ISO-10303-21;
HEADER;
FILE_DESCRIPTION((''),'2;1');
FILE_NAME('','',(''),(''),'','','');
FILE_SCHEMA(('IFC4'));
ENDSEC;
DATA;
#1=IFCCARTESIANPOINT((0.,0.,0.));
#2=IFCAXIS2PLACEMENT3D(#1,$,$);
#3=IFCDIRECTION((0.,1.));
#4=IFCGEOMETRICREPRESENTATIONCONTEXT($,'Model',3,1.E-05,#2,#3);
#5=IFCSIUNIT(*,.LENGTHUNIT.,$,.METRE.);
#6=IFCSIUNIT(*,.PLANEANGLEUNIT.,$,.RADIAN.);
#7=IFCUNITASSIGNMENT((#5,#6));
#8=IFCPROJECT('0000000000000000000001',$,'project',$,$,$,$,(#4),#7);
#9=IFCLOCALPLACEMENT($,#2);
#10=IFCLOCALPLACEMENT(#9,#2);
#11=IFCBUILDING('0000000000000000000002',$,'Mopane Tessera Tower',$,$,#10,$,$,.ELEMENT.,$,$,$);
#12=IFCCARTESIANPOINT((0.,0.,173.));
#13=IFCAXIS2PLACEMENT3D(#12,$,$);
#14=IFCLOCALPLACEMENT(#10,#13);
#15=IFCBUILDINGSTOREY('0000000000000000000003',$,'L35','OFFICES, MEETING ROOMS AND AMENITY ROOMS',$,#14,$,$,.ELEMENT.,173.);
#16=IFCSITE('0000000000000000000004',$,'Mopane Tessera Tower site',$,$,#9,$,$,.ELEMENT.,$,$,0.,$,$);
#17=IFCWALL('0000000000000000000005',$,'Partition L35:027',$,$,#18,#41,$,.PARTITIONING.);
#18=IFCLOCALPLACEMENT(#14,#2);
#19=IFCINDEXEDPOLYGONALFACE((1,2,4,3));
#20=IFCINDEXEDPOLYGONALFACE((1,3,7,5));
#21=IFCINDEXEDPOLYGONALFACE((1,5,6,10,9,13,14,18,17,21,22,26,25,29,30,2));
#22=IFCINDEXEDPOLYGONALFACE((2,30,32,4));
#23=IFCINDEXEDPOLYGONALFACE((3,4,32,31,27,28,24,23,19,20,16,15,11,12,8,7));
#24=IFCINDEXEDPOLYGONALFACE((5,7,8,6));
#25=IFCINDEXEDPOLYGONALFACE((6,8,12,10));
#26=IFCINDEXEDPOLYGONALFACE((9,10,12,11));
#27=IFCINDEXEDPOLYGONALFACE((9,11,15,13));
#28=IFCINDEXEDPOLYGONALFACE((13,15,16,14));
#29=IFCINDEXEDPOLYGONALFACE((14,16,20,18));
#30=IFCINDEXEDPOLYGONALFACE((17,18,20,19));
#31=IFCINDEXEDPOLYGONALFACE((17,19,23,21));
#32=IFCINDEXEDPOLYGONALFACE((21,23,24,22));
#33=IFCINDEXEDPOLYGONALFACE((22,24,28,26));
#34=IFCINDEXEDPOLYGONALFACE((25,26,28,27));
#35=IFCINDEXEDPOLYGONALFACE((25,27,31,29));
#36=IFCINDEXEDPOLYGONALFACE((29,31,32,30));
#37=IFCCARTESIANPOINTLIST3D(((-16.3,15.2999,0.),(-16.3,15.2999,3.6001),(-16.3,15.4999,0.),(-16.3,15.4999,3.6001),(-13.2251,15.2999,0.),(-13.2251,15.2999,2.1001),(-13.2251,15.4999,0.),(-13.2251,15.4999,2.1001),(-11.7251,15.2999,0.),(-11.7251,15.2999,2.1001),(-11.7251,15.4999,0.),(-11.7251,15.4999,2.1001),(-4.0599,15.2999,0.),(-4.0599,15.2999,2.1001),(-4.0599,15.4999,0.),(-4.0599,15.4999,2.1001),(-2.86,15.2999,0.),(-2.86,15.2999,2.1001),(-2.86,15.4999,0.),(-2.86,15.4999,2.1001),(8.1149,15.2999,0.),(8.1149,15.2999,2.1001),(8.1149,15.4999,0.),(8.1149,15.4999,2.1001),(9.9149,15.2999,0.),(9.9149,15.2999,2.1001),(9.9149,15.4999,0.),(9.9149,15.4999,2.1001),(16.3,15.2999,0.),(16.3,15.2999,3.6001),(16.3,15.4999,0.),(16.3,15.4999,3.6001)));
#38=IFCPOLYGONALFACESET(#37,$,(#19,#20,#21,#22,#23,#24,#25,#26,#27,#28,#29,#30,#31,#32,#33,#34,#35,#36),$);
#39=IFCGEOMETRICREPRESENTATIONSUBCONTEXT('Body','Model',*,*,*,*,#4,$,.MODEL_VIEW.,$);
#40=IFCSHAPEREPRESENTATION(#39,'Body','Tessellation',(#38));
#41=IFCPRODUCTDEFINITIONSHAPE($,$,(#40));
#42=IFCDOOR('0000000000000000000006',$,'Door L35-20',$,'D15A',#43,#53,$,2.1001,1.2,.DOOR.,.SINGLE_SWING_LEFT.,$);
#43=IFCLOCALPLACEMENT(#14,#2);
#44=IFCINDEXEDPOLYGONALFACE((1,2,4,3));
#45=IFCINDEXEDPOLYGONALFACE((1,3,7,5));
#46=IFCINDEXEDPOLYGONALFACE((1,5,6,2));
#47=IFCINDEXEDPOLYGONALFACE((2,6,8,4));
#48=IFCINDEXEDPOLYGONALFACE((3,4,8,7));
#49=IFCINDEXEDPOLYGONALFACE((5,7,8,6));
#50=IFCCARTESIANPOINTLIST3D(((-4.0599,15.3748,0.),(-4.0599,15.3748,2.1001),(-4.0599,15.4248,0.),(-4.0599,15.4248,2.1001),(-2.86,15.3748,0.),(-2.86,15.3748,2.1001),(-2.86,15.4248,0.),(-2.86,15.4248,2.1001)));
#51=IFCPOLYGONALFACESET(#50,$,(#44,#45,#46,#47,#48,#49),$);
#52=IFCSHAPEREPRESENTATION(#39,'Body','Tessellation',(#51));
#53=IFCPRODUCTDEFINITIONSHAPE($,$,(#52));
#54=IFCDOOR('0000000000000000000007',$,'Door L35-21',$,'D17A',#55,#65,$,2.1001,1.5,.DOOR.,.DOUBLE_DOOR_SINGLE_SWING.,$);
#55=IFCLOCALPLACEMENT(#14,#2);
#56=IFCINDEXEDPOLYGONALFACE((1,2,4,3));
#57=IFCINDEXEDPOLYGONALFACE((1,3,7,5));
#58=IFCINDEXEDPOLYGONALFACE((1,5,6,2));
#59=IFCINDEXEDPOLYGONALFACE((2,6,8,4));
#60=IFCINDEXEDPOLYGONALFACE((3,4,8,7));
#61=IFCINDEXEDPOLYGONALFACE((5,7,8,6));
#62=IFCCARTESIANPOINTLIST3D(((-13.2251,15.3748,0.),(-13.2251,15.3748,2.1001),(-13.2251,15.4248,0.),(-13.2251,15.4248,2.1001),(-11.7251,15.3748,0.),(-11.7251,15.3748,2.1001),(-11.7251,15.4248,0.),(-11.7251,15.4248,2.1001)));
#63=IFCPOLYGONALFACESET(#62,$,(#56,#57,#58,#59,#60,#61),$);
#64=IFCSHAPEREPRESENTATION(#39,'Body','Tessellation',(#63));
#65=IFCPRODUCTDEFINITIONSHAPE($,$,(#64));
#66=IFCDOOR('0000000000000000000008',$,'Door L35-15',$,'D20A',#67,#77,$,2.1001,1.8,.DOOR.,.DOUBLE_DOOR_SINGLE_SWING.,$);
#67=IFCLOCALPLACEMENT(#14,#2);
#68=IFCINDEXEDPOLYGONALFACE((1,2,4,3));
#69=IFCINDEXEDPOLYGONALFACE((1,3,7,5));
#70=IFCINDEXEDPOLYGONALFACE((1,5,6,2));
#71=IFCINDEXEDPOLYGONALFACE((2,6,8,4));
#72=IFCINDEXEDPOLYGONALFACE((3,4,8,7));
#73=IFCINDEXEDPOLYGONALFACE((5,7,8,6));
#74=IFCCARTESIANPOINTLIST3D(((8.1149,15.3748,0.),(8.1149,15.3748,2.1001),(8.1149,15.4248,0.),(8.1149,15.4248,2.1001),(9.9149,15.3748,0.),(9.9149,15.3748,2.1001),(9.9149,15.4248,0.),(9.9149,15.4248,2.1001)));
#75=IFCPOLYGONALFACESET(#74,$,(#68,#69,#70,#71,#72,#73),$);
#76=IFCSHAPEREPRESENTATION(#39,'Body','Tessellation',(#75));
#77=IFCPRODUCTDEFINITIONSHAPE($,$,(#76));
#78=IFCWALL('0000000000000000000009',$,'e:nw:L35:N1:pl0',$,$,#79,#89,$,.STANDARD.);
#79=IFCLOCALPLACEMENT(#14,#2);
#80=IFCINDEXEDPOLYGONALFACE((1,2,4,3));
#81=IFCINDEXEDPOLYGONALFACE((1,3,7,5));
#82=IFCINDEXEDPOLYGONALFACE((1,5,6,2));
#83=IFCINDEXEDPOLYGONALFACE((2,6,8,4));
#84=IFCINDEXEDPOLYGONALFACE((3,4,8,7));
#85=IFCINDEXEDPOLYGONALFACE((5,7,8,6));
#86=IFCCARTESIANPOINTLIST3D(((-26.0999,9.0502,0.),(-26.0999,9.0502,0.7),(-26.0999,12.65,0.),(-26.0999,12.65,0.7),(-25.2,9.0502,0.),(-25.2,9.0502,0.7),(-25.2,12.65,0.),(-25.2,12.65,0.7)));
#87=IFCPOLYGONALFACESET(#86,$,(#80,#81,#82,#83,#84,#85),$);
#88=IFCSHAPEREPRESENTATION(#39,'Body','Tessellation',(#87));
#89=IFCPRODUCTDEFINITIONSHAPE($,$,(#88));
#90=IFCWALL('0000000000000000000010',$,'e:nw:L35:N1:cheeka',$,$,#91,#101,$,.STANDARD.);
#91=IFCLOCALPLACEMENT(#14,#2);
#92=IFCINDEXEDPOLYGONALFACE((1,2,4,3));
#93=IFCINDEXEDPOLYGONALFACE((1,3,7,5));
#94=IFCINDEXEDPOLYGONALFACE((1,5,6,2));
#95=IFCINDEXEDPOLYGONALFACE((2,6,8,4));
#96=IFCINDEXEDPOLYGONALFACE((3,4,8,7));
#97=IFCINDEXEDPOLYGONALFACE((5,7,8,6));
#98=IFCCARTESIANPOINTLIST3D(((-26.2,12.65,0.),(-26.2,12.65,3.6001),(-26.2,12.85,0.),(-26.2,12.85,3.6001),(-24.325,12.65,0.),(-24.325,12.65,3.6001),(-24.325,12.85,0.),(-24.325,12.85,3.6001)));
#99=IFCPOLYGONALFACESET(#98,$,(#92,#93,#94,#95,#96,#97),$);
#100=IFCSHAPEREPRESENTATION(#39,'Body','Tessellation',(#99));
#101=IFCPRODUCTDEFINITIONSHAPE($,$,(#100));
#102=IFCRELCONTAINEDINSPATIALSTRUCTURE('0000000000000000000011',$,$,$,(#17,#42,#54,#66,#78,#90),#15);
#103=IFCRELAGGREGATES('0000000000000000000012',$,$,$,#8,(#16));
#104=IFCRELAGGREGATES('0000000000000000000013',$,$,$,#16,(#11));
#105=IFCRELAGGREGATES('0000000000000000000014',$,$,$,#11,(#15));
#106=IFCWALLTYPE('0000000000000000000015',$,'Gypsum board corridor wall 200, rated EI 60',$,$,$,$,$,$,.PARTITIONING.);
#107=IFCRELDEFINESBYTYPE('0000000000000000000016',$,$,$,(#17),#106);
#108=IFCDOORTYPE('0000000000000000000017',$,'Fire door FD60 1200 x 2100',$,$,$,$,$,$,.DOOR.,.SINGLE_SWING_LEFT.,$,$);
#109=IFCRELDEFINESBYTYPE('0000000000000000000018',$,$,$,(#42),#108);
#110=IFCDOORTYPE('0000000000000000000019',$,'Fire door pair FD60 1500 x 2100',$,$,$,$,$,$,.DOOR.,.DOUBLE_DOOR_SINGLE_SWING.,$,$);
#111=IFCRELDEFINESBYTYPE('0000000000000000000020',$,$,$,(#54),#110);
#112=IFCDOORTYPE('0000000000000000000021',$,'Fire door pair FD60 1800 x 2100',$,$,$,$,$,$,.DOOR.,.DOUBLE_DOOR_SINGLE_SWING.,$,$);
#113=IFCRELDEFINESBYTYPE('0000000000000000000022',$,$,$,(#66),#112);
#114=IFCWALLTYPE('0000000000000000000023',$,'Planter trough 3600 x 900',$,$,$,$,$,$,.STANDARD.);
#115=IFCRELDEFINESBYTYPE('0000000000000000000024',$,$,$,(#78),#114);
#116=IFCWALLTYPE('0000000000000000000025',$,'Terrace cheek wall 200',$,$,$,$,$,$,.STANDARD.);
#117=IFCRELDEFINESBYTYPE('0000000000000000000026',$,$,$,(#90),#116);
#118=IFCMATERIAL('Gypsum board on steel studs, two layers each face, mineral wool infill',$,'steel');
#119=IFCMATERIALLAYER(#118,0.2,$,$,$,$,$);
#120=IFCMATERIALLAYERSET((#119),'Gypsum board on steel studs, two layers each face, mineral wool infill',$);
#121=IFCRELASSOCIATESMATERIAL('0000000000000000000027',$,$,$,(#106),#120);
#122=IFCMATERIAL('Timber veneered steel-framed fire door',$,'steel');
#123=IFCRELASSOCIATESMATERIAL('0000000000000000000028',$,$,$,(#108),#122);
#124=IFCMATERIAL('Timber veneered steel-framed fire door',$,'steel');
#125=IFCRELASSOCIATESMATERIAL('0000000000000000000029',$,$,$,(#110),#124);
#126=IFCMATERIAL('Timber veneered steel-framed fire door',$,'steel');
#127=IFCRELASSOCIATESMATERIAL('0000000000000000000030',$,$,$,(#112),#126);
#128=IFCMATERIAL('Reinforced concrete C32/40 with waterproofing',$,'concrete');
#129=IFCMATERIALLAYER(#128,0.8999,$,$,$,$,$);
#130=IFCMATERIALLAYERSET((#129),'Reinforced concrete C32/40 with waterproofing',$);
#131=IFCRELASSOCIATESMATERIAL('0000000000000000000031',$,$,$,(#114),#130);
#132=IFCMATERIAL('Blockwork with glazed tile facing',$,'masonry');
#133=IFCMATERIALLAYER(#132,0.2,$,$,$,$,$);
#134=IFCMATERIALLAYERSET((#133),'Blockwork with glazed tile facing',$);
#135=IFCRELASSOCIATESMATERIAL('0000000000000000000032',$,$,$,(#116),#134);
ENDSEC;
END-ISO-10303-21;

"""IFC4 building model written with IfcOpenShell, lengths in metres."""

from ifc_helpers import new_model, si_unit, direction, frame, frame_2d, origin, place, context, subcontext, project, spatial, rectangle, extrude, material, layer, layer_set, type_object, element, fill, save


model = new_model("IFC4")

# Units and contexts
model_context = context("Model", 3, precision=1e-05, world=origin(), true_north=direction((0.0, 1.0)))
body_context = subcontext(model_context, "Body", "Model", "MODEL_VIEW")
ifc_project = project(units=[si_unit("LENGTHUNIT", "METRE"), si_unit("PLANEANGLEUNIT", "RADIAN")], contexts=[model_context])

# Site, building, storey
site_placement = place(None, origin())
site = spatial("IfcSite", under=ifc_project, at=site_placement, Name="Mopane Tessera Tower site", CompositionType="ELEMENT", RefElevation=0.0)
building_placement = place(site_placement, origin())
building = spatial("IfcBuilding", under=site, at=building_placement, Name="Mopane Tessera Tower", CompositionType="ELEMENT")
storey_placement = place(building_placement, frame((0.0, 0.0, 173.0)))
storey = spatial("IfcBuildingStorey", under=building, at=storey_placement, Name="L35", Description="OFFICES, MEETING ROOMS AND AMENITY ROOMS", CompositionType="ELEMENT", Elevation=173.0)

# Shared definitions
ifc_material_1 = material(Name="Gypsum board on steel studs, two layers each face, mineral wool infill", Category="steel")
ifc_layer_1 = layer(ifc_material_1, 0.2)
ifc_layer_set_1 = layer_set([ifc_layer_1], Name="Gypsum board on steel studs, two layers each face, mineral wool infill")
wall_type_1 = type_object("IfcWallType", Name="Gypsum board corridor wall 200, rated EI 60", PredefinedType="PARTITIONING", material=ifc_layer_set_1)

# Wall, openings, doors
wall_1_placement = place(storey_placement, frame((-16.3, 15.3999, 0.0), z_axis=(0.0, 0.0, 1.0), x_axis=(1.0, 0.0, 0.0)))
wall_1 = element("IfcWall", 1, at=wall_1_placement, inside=storey, type_object=wall_type_1, Name="Partition L35:027", PredefinedType="PARTITIONING", context=body_context, shape_type="SweptSolid", body=[
    extrude(rectangle(XDim=32.6001, YDim=0.2, at=frame_2d((16.3, 0.0))), origin(), (0.0, 0.0, 1.0), 3.6001),
])
opening_1_placement = place(wall_1_placement, frame((24.415, 0.0, 0.0)))
opening_1 = element("IfcOpeningElement", 2, at=opening_1_placement, cuts=wall_1, PredefinedType="OPENING", context=body_context, shape_type="SweptSolid", body=[
    extrude(rectangle(XDim=1.8, YDim=2.1001, at=frame_2d((0.8999, 1.05))), frame((0.0, 0.1121, 0.0), z_axis=(0.0, -1.0, 0.0), x_axis=(1.0, 0.0, 0.0)), (0.0, 0.0, 1.0), 0.2239),
])
opening_2_placement = place(wall_1_placement, frame((12.24, 0.0, 0.0)))
opening_2 = element("IfcOpeningElement", 3, at=opening_2_placement, cuts=wall_1, PredefinedType="OPENING", context=body_context, shape_type="SweptSolid", body=[
    extrude(rectangle(XDim=1.2, YDim=2.1001, at=frame_2d((0.6001, 1.05))), frame((0.0, 0.1121, 0.0), z_axis=(0.0, -1.0, 0.0), x_axis=(1.0, 0.0, 0.0)), (0.0, 0.0, 1.0), 0.2239),
])
opening_3_placement = place(wall_1_placement, frame((3.075, 0.0, 0.0)))
opening_3 = element("IfcOpeningElement", 4, at=opening_3_placement, cuts=wall_1, PredefinedType="OPENING", context=body_context, shape_type="SweptSolid", body=[
    extrude(rectangle(XDim=1.5, YDim=2.1001, at=frame_2d((0.75, 1.05))), frame((0.0, 0.1121, 0.0), z_axis=(0.0, -1.0, 0.0), x_axis=(1.0, 0.0, 0.0)), (0.0, 0.0, 1.0), 0.2239),
])
ifc_material_2 = material(Name="Timber veneered steel-framed fire door", Category="steel")
door_type_1 = type_object("IfcDoorType", Name="Fire door FD60 1200 x 2100", OperationType="SINGLE_SWING_LEFT", PredefinedType="DOOR", material=ifc_material_2)
door_1_placement = place(opening_2_placement, origin())
door_1 = element("IfcDoor", 5, at=door_1_placement, inside=storey, type_object=door_type_1, Name="Door L35-20", ObjectType="D15A", OperationType="SINGLE_SWING_LEFT", OverallHeight=2.1001, OverallWidth=1.2, PredefinedType="DOOR", context=body_context, shape_type="SweptSolid", body=[
    extrude(rectangle(XDim=1.2, YDim=2.1001, at=frame_2d((0.6001, 1.05))), frame((0.0, 0.0249, 0.0), z_axis=(0.0, -1.0, 0.0), x_axis=(1.0, 0.0, 0.0)), (0.0, 0.0, 1.0), 0.05),
])
fill(opening_2, door_1)
ifc_material_3 = material(Name="Timber veneered steel-framed fire door", Category="steel")
door_type_2 = type_object("IfcDoorType", Name="Fire door pair FD60 1500 x 2100", OperationType="DOUBLE_DOOR_SINGLE_SWING", PredefinedType="DOOR", material=ifc_material_3)
door_2_placement = place(opening_3_placement, origin())
door_2 = element("IfcDoor", 6, at=door_2_placement, inside=storey, type_object=door_type_2, Name="Door L35-21", ObjectType="D17A", OperationType="DOUBLE_DOOR_SINGLE_SWING", OverallHeight=2.1001, OverallWidth=1.5, PredefinedType="DOOR", context=body_context, shape_type="SweptSolid", body=[
    extrude(rectangle(XDim=1.5, YDim=2.1001, at=frame_2d((0.75, 1.05))), frame((0.0, 0.0249, 0.0), z_axis=(0.0, -1.0, 0.0), x_axis=(1.0, 0.0, 0.0)), (0.0, 0.0, 1.0), 0.05),
])
fill(opening_3, door_2)
ifc_material_4 = material(Name="Timber veneered steel-framed fire door", Category="steel")
door_type_3 = type_object("IfcDoorType", Name="Fire door pair FD60 1800 x 2100", OperationType="DOUBLE_DOOR_SINGLE_SWING", PredefinedType="DOOR", material=ifc_material_4)
door_3_placement = place(opening_1_placement, origin())
door_3 = element("IfcDoor", 7, at=door_3_placement, inside=storey, type_object=door_type_3, Name="Door L35-15", ObjectType="D20A", OperationType="DOUBLE_DOOR_SINGLE_SWING", OverallHeight=2.1001, OverallWidth=1.8, PredefinedType="DOOR", context=body_context, shape_type="SweptSolid", body=[
    extrude(rectangle(XDim=1.8, YDim=2.1001, at=frame_2d((0.8999, 1.05))), frame((0.0, 0.0249, 0.0), z_axis=(0.0, -1.0, 0.0), x_axis=(1.0, 0.0, 0.0)), (0.0, 0.0, 1.0), 0.05),
])
fill(opening_1, door_3)

# Walls
ifc_material_5 = material(Name="Reinforced concrete C32/40 with waterproofing", Category="concrete")
ifc_layer_2 = layer(ifc_material_5, 0.8999)
ifc_layer_set_2 = layer_set([ifc_layer_2], Name="Reinforced concrete C32/40 with waterproofing")
wall_type_2 = type_object("IfcWallType", Name="Planter trough 3600 x 900", PredefinedType="STANDARD", material=ifc_layer_set_2)
wall_2_placement = place(storey_placement, frame((-25.6499, 12.6499, 0.0), z_axis=(0.0, 0.0, 1.0), x_axis=(0.0, -1.0, 0.0)))
element("IfcWall", 8, at=wall_2_placement, inside=storey, type_object=wall_type_2, Name="e:nw:L35:N1:pl0", PredefinedType="STANDARD", context=body_context, shape_type="SweptSolid", body=[
    extrude(rectangle(XDim=3.5999, YDim=0.8999, at=frame_2d((1.7998, 0.0))), origin(), (0.0, 0.0, 1.0), 0.7),
])
ifc_material_6 = material(Name="Blockwork with glazed tile facing", Category="masonry")
ifc_layer_3 = layer(ifc_material_6, 0.2)
ifc_layer_set_3 = layer_set([ifc_layer_3], Name="Blockwork with glazed tile facing")
wall_type_3 = type_object("IfcWallType", Name="Terrace cheek wall 200", PredefinedType="STANDARD", material=ifc_layer_set_3)
wall_3_placement = place(storey_placement, frame((-26.2, 12.75, 0.0), z_axis=(0.0, 0.0, 1.0), x_axis=(1.0, 0.0, 0.0)))
element("IfcWall", 9, at=wall_3_placement, inside=storey, type_object=wall_type_3, Name="e:nw:L35:N1:cheeka", PredefinedType="STANDARD", context=body_context, shape_type="SweptSolid", body=[
    extrude(rectangle(XDim=1.875, YDim=0.2, at=frame_2d((0.9375, 0.0))), origin(), (0.0, 0.0, 1.0), 3.6001),
])

save(model, "model.ifc")
